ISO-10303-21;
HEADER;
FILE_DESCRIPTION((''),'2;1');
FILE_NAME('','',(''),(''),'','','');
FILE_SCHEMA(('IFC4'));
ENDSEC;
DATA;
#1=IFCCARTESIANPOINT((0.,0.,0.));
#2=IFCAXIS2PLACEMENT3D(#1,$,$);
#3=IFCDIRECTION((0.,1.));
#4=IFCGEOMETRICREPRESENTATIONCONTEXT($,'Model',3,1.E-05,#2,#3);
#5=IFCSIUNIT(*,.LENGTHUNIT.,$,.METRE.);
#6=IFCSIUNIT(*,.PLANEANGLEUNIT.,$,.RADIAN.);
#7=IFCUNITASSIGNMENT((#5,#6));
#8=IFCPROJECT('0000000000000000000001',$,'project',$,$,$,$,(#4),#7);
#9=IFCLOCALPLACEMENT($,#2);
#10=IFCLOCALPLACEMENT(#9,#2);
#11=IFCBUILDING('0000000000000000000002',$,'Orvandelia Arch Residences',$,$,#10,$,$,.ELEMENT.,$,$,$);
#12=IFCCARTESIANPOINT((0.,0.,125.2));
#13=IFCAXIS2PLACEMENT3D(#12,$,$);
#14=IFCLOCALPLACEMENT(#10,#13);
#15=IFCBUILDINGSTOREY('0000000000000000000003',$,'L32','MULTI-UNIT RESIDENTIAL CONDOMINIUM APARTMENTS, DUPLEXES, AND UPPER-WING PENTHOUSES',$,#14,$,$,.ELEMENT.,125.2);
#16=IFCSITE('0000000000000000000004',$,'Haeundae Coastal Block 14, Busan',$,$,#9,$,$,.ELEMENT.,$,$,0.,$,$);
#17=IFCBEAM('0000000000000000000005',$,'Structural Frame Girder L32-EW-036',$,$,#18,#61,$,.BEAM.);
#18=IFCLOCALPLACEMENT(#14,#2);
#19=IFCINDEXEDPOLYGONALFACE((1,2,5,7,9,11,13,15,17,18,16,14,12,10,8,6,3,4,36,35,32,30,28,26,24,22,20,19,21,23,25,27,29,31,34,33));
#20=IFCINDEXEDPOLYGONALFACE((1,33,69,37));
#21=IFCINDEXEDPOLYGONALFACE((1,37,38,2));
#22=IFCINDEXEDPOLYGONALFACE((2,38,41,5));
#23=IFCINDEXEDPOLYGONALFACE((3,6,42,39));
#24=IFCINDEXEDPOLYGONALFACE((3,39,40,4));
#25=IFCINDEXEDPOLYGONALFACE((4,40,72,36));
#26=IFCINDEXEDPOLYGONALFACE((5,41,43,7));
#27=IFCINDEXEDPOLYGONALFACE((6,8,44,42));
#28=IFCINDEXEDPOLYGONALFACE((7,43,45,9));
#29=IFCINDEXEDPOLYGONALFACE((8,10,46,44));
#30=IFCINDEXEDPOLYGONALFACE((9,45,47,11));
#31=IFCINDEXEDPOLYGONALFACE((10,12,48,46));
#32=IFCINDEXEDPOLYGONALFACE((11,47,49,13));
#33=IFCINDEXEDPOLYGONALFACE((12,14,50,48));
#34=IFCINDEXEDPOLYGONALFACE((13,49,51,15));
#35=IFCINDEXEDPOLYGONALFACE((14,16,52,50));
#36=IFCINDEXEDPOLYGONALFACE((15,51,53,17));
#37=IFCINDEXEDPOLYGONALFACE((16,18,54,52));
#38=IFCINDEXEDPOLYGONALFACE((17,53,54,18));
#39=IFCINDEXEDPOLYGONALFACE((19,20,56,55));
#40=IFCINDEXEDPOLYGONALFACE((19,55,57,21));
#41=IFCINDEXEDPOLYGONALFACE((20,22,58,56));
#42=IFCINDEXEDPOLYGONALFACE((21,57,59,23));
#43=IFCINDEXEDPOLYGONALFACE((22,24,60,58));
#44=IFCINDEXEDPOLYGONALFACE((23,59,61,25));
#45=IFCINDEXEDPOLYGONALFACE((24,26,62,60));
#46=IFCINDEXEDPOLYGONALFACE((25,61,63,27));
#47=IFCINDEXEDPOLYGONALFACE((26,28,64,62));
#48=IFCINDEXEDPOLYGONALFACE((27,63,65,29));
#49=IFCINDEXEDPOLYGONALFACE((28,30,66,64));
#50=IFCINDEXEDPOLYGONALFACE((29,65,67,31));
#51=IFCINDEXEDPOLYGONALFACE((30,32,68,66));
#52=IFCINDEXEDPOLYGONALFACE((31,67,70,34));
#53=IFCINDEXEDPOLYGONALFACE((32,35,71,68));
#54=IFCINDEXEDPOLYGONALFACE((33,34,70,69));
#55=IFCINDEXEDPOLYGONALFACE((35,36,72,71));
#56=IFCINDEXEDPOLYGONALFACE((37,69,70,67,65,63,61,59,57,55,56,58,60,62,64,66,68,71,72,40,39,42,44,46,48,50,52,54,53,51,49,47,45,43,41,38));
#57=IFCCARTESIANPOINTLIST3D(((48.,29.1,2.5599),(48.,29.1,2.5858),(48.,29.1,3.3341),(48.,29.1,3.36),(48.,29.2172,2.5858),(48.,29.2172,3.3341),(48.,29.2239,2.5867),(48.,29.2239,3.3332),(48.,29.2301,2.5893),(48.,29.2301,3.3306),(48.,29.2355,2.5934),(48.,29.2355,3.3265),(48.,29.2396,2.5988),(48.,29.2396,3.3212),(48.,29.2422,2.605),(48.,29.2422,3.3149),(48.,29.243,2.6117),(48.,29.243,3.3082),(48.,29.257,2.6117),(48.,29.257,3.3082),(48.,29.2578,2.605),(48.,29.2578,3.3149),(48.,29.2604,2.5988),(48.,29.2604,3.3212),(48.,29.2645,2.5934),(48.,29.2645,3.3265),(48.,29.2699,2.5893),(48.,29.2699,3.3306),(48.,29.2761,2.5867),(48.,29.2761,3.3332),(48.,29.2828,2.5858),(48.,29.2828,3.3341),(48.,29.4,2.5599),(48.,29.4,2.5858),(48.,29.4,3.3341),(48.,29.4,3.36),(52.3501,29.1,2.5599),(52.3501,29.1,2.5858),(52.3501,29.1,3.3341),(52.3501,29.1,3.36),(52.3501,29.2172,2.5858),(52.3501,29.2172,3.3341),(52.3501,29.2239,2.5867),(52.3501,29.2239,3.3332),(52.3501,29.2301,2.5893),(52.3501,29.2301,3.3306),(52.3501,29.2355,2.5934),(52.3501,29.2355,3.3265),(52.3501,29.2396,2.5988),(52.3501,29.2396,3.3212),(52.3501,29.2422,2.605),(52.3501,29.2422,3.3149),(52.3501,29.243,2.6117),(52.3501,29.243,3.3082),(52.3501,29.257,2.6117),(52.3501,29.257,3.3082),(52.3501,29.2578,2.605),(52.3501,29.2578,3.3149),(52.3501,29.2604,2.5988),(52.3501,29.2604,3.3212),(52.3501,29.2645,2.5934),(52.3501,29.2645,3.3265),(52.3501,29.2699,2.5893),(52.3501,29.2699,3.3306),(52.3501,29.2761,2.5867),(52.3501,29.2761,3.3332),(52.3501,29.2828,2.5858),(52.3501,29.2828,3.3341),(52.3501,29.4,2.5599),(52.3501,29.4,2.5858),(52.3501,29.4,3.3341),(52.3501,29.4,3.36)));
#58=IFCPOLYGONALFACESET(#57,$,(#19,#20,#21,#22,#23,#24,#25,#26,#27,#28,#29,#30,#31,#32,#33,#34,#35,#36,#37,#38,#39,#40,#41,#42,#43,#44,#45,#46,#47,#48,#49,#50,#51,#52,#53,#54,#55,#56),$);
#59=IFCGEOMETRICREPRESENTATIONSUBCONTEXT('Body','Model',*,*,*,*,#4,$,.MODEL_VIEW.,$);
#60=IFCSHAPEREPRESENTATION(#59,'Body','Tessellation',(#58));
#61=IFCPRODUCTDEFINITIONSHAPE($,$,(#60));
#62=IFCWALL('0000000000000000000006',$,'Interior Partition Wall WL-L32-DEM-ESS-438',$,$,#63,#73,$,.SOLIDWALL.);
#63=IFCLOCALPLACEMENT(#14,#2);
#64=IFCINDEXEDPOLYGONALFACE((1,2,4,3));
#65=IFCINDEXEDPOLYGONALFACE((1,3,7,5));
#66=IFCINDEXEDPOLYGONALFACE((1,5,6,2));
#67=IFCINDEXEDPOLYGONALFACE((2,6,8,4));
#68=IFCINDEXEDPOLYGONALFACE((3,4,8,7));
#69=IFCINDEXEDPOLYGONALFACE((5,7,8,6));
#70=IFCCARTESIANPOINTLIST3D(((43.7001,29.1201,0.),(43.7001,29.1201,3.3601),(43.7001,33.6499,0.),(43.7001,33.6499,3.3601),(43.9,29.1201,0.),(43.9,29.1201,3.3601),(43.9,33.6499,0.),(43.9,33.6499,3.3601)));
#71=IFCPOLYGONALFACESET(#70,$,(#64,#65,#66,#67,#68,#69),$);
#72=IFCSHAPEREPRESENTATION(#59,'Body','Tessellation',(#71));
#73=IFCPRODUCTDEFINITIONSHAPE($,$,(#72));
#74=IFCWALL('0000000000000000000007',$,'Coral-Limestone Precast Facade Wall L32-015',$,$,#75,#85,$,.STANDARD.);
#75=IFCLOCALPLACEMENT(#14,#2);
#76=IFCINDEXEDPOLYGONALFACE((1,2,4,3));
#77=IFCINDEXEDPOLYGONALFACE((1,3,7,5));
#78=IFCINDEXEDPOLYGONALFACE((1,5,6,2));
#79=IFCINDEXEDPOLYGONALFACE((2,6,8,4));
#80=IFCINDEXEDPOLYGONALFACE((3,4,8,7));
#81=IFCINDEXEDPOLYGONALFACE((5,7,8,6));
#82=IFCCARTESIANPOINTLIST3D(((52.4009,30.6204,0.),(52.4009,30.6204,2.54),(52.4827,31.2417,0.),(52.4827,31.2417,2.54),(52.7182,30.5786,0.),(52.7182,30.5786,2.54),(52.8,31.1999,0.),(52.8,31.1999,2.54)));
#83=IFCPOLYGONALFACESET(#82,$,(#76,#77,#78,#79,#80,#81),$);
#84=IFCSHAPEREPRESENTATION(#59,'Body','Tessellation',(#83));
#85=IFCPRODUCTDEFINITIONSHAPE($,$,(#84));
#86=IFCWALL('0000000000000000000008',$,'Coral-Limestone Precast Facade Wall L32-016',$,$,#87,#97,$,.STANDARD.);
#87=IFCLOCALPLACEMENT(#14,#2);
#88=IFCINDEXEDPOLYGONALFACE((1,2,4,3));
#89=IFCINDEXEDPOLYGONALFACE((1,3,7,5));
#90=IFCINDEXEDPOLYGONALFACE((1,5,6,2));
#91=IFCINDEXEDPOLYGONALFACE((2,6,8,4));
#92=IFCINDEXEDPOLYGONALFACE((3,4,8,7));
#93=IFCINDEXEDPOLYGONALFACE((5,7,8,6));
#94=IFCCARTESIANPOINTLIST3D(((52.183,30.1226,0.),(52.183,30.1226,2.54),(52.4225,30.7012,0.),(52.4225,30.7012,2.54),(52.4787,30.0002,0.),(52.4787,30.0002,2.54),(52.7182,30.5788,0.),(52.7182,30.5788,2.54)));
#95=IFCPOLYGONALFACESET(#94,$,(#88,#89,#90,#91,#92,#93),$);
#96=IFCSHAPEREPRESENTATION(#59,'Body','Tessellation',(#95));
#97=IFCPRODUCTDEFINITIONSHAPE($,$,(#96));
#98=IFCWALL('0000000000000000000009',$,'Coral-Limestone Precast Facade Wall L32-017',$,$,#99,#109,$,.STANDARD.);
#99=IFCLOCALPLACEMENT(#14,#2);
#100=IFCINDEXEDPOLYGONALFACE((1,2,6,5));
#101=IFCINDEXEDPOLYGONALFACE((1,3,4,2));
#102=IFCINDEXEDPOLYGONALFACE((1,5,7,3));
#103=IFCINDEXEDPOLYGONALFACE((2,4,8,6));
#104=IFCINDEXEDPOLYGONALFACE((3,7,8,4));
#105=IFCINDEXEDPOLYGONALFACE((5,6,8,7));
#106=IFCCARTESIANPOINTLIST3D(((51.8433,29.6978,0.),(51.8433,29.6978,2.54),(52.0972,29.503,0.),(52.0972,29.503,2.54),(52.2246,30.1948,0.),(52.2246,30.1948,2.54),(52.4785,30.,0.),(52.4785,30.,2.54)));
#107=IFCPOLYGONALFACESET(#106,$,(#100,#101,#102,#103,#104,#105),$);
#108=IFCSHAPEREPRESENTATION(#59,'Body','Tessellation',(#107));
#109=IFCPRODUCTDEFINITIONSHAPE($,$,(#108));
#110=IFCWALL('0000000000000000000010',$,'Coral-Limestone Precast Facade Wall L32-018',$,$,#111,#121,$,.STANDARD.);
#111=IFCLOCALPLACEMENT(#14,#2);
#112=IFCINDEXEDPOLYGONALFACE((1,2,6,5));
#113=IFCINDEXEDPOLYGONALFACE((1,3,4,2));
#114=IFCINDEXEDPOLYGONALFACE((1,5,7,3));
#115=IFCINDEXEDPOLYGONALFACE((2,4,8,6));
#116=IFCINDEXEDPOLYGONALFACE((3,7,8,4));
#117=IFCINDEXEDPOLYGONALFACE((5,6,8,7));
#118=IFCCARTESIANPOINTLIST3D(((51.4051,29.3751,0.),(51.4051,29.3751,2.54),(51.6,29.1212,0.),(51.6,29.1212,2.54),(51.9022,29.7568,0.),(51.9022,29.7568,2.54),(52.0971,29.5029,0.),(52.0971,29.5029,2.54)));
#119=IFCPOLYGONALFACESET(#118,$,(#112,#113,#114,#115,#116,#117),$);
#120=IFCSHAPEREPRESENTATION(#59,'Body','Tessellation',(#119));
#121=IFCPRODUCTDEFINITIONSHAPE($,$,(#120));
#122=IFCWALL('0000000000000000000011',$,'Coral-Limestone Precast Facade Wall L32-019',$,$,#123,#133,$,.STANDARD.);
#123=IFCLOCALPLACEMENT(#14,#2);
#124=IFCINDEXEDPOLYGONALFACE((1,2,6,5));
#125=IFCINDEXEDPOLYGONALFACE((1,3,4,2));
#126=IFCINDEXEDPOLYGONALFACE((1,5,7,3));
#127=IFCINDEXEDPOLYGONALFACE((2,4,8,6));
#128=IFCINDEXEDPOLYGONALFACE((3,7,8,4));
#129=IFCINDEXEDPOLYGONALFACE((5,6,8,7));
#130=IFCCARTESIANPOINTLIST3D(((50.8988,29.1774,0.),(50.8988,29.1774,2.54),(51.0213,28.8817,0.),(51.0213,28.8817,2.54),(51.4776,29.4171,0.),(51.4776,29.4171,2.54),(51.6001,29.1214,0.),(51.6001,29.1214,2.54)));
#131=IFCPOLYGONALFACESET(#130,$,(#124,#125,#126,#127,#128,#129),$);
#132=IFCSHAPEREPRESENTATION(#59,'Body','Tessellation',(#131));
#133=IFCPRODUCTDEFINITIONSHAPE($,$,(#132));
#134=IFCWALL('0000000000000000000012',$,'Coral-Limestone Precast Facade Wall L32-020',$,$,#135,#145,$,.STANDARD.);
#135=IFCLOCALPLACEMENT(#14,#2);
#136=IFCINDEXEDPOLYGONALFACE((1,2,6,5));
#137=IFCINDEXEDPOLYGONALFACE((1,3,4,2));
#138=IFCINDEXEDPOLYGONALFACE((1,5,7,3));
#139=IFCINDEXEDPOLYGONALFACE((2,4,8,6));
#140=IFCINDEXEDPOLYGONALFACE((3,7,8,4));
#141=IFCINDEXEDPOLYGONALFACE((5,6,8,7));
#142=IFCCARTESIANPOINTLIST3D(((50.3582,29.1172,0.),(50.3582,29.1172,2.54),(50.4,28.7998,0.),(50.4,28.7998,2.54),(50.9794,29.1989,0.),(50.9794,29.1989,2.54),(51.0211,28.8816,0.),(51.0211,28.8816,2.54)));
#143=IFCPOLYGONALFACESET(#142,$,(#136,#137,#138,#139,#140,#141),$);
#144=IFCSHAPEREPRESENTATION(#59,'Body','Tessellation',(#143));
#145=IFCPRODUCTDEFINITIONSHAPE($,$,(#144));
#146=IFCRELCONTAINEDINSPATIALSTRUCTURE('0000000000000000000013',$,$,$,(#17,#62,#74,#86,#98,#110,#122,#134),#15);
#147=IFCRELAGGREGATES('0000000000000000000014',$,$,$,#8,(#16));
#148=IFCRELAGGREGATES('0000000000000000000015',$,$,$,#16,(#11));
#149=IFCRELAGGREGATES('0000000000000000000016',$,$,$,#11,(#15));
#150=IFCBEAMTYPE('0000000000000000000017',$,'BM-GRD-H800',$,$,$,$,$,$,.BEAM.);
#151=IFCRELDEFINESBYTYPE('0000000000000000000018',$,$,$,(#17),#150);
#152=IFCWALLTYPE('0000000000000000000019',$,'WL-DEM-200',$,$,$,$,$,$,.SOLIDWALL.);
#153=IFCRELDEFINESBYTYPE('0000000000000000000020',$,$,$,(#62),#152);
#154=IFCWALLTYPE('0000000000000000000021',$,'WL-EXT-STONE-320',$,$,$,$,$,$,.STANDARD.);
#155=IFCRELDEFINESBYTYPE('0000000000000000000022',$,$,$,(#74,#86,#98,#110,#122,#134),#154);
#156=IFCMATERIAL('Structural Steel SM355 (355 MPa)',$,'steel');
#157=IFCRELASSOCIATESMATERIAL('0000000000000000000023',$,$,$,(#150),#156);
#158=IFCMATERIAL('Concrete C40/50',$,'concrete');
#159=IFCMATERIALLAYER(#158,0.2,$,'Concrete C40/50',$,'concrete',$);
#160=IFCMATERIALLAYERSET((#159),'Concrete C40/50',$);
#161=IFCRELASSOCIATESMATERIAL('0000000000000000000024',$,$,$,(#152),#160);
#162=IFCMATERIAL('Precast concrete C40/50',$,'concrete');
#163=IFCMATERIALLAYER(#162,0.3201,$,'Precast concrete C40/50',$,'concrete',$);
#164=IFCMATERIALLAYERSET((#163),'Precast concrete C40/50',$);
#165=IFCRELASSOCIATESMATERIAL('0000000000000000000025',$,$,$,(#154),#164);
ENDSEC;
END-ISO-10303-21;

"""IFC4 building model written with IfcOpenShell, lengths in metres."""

from ifc_helpers import new_model, si_unit, direction, frame, frame_2d, origin, origin_2d, place, context, subcontext, project, spatial, rectangle, i_section, extrude, material, layer, layer_set, material_profile, profile_set, type_object, element, save


model = new_model("IFC4")

# Units and contexts
model_context = context("Model", 3, precision=1e-05, world=origin(), true_north=direction((0.0, 1.0)))
body_context = subcontext(model_context, "Body", "Model", "MODEL_VIEW")
ifc_project = project(units=[si_unit("LENGTHUNIT", "METRE"), si_unit("PLANEANGLEUNIT", "RADIAN")], contexts=[model_context])

# Site, building, storey
site_placement = place(None, origin())
site = spatial("IfcSite", under=ifc_project, at=site_placement, Name="Haeundae Coastal Block 14, Busan", CompositionType="ELEMENT", RefElevation=0.0)
building_placement = place(site_placement, origin())
building = spatial("IfcBuilding", under=site, at=building_placement, Name="Orvandelia Arch Residences", CompositionType="ELEMENT")
storey_placement = place(building_placement, frame((0.0, 0.0, 125.2)))
storey = spatial("IfcBuildingStorey", under=building, at=storey_placement, Name="L32", Description="MULTI-UNIT RESIDENTIAL CONDOMINIUM APARTMENTS, DUPLEXES, AND UPPER-WING PENTHOUSES", CompositionType="ELEMENT", Elevation=125.2)

# Beam
ifc_material_1 = material(Name="Structural Steel SM355 (355 MPa)", Category="steel")
ifc_material_profile_1 = material_profile(ifc_material_1, i_section(OverallWidth=0.3, OverallDepth=0.8, WebThickness=0.0139, FlangeThickness=0.0259, FilletRadius=0.0259, at=origin_2d()), Name="Structural Steel SM355 (355 MPa)", Category="steel")
ifc_profile_set_1 = profile_set([ifc_material_profile_1], Name="Structural Steel SM355 (355 MPa)")
beam_type = type_object("IfcBeamType", Name="BM-GRD-H800", PredefinedType="BEAM", material=ifc_profile_set_1)
beam_1_placement = place(storey_placement, frame((48.0, 29.25, 2.96), z_axis=(1.0, 0.0, 0.0), x_axis=(0.0, 1.0, 0.0)))
element("IfcBeam", 1, at=beam_1_placement, inside=storey, type_object=beam_type, Name="Structural Frame Girder L32-EW-036", PredefinedType="BEAM", context=body_context, shape_type="SweptSolid", body=[
    extrude(i_section(OverallWidth=0.3, OverallDepth=0.8, WebThickness=0.0139, FlangeThickness=0.0259, FilletRadius=0.0259, at=origin_2d()), origin(), (0.0, 0.0, 1.0), 4.3501),
])

# Walls
ifc_material_2 = material(Name="Concrete C40/50", Category="concrete")
ifc_layer_1 = layer(ifc_material_2, 0.2, Name="Concrete C40/50", Category="concrete")
ifc_layer_set_1 = layer_set([ifc_layer_1], Name="Concrete C40/50")
wall_type_1 = type_object("IfcWallType", Name="WL-DEM-200", PredefinedType="SOLIDWALL", material=ifc_layer_set_1)
wall_1_placement = place(storey_placement, frame((43.8, 29.1201, 0.0), z_axis=(0.0, 0.0, 1.0), x_axis=(0.0, 1.0, 0.0)))
element("IfcWall", 2, at=wall_1_placement, inside=storey, type_object=wall_type_1, Name="Interior Partition Wall WL-L32-DEM-ESS-438", PredefinedType="SOLIDWALL", context=body_context, shape_type="SweptSolid", body=[
    extrude(rectangle(XDim=4.5298, YDim=0.2, at=frame_2d((2.2649, 0.0))), origin(), (0.0, 0.0, 1.0), 3.3601),
])
ifc_material_3 = material(Name="Precast concrete C40/50", Category="concrete")
ifc_layer_2 = layer(ifc_material_3, 0.3201, Name="Precast concrete C40/50", Category="concrete")
ifc_layer_set_2 = layer_set([ifc_layer_2], Name="Precast concrete C40/50")
wall_type_2 = type_object("IfcWallType", Name="WL-EXT-STONE-320", PredefinedType="STANDARD", material=ifc_layer_set_2)
wall_2_placement = place(storey_placement, frame((52.6414, 31.2209, 0.0), z_axis=(0.0, 0.0, 1.0), x_axis=(-0.130505, -0.991448, 0.0)))
element("IfcWall", 3, at=wall_2_placement, inside=storey, type_object=wall_type_2, Name="Coral-Limestone Precast Facade Wall L32-015", PredefinedType="STANDARD", context=body_context, shape_type="SweptSolid", body=[
    extrude(rectangle(XDim=0.6267, YDim=0.3201, at=frame_2d((0.3135, 0.0))), origin(), (0.0, 0.0, 1.0), 2.54),
])
wall_3_placement = place(storey_placement, frame((52.5703, 30.6399, 0.0), z_axis=(0.0, 0.0, 1.0), x_axis=(-0.382455, -0.923974, 0.0)))
element("IfcWall", 4, at=wall_3_placement, inside=storey, type_object=wall_type_2, Name="Coral-Limestone Precast Facade Wall L32-016", PredefinedType="STANDARD", context=body_context, shape_type="SweptSolid", body=[
    extrude(rectangle(XDim=0.6262, YDim=0.3201, at=frame_2d((0.313, 0.0))), origin(), (0.0, 0.0, 1.0), 2.54),
])
wall_4_placement = place(storey_placement, frame((52.3516, 30.0974, 0.0), z_axis=(0.0, 0.0, 1.0), x_axis=(-0.608693, -0.793406, 0.0)))
element("IfcWall", 5, at=wall_4_placement, inside=storey, type_object=wall_type_2, Name="Coral-Limestone Precast Facade Wall L32-017", PredefinedType="STANDARD", context=body_context, shape_type="SweptSolid", body=[
    extrude(rectangle(XDim=0.6265, YDim=0.3201, at=frame_2d((0.3132, 0.0))), origin(), (0.0, 0.0, 1.0), 2.54),
])
wall_5_placement = place(storey_placement, frame((51.9998, 29.6299, 0.0), z_axis=(0.0, 0.0, 1.0), x_axis=(-0.793217, -0.608939, 0.0)))
element("IfcWall", 6, at=wall_5_placement, inside=storey, type_object=wall_type_2, Name="Coral-Limestone Precast Facade Wall L32-018", PredefinedType="STANDARD", context=body_context, shape_type="SweptSolid", body=[
    extrude(rectangle(XDim=0.6267, YDim=0.3201, at=frame_2d((0.3135, 0.0))), origin(), (0.0, 0.0, 1.0), 2.54),
])
for number, where, z_axis, x_axis, name in (
    (7, (51.5388, 29.2693, 0.0), (0.0, 0.0, 1.0), (-0.923893, -0.38265, 0.0), "Coral-Limestone Precast Facade Wall L32-019"),
    (8, (51.0002, 29.0403, 0.0), (0.0, 0.0, 1.0), (-0.991441, -0.130555, 0.0), "Coral-Limestone Precast Facade Wall L32-020"),
):
    element("IfcWall", number, at=place(storey_placement, frame(where, z_axis=z_axis, x_axis=x_axis)), inside=storey, type_object=wall_type_2, Name=name, PredefinedType="STANDARD", context=body_context, shape_type="SweptSolid", body=[
        extrude(rectangle(XDim=0.6265, YDim=0.3201, at=frame_2d((0.3132, 0.0))), origin(), (0.0, 0.0, 1.0), 2.54),
    ])

save(model, "model.ifc")
